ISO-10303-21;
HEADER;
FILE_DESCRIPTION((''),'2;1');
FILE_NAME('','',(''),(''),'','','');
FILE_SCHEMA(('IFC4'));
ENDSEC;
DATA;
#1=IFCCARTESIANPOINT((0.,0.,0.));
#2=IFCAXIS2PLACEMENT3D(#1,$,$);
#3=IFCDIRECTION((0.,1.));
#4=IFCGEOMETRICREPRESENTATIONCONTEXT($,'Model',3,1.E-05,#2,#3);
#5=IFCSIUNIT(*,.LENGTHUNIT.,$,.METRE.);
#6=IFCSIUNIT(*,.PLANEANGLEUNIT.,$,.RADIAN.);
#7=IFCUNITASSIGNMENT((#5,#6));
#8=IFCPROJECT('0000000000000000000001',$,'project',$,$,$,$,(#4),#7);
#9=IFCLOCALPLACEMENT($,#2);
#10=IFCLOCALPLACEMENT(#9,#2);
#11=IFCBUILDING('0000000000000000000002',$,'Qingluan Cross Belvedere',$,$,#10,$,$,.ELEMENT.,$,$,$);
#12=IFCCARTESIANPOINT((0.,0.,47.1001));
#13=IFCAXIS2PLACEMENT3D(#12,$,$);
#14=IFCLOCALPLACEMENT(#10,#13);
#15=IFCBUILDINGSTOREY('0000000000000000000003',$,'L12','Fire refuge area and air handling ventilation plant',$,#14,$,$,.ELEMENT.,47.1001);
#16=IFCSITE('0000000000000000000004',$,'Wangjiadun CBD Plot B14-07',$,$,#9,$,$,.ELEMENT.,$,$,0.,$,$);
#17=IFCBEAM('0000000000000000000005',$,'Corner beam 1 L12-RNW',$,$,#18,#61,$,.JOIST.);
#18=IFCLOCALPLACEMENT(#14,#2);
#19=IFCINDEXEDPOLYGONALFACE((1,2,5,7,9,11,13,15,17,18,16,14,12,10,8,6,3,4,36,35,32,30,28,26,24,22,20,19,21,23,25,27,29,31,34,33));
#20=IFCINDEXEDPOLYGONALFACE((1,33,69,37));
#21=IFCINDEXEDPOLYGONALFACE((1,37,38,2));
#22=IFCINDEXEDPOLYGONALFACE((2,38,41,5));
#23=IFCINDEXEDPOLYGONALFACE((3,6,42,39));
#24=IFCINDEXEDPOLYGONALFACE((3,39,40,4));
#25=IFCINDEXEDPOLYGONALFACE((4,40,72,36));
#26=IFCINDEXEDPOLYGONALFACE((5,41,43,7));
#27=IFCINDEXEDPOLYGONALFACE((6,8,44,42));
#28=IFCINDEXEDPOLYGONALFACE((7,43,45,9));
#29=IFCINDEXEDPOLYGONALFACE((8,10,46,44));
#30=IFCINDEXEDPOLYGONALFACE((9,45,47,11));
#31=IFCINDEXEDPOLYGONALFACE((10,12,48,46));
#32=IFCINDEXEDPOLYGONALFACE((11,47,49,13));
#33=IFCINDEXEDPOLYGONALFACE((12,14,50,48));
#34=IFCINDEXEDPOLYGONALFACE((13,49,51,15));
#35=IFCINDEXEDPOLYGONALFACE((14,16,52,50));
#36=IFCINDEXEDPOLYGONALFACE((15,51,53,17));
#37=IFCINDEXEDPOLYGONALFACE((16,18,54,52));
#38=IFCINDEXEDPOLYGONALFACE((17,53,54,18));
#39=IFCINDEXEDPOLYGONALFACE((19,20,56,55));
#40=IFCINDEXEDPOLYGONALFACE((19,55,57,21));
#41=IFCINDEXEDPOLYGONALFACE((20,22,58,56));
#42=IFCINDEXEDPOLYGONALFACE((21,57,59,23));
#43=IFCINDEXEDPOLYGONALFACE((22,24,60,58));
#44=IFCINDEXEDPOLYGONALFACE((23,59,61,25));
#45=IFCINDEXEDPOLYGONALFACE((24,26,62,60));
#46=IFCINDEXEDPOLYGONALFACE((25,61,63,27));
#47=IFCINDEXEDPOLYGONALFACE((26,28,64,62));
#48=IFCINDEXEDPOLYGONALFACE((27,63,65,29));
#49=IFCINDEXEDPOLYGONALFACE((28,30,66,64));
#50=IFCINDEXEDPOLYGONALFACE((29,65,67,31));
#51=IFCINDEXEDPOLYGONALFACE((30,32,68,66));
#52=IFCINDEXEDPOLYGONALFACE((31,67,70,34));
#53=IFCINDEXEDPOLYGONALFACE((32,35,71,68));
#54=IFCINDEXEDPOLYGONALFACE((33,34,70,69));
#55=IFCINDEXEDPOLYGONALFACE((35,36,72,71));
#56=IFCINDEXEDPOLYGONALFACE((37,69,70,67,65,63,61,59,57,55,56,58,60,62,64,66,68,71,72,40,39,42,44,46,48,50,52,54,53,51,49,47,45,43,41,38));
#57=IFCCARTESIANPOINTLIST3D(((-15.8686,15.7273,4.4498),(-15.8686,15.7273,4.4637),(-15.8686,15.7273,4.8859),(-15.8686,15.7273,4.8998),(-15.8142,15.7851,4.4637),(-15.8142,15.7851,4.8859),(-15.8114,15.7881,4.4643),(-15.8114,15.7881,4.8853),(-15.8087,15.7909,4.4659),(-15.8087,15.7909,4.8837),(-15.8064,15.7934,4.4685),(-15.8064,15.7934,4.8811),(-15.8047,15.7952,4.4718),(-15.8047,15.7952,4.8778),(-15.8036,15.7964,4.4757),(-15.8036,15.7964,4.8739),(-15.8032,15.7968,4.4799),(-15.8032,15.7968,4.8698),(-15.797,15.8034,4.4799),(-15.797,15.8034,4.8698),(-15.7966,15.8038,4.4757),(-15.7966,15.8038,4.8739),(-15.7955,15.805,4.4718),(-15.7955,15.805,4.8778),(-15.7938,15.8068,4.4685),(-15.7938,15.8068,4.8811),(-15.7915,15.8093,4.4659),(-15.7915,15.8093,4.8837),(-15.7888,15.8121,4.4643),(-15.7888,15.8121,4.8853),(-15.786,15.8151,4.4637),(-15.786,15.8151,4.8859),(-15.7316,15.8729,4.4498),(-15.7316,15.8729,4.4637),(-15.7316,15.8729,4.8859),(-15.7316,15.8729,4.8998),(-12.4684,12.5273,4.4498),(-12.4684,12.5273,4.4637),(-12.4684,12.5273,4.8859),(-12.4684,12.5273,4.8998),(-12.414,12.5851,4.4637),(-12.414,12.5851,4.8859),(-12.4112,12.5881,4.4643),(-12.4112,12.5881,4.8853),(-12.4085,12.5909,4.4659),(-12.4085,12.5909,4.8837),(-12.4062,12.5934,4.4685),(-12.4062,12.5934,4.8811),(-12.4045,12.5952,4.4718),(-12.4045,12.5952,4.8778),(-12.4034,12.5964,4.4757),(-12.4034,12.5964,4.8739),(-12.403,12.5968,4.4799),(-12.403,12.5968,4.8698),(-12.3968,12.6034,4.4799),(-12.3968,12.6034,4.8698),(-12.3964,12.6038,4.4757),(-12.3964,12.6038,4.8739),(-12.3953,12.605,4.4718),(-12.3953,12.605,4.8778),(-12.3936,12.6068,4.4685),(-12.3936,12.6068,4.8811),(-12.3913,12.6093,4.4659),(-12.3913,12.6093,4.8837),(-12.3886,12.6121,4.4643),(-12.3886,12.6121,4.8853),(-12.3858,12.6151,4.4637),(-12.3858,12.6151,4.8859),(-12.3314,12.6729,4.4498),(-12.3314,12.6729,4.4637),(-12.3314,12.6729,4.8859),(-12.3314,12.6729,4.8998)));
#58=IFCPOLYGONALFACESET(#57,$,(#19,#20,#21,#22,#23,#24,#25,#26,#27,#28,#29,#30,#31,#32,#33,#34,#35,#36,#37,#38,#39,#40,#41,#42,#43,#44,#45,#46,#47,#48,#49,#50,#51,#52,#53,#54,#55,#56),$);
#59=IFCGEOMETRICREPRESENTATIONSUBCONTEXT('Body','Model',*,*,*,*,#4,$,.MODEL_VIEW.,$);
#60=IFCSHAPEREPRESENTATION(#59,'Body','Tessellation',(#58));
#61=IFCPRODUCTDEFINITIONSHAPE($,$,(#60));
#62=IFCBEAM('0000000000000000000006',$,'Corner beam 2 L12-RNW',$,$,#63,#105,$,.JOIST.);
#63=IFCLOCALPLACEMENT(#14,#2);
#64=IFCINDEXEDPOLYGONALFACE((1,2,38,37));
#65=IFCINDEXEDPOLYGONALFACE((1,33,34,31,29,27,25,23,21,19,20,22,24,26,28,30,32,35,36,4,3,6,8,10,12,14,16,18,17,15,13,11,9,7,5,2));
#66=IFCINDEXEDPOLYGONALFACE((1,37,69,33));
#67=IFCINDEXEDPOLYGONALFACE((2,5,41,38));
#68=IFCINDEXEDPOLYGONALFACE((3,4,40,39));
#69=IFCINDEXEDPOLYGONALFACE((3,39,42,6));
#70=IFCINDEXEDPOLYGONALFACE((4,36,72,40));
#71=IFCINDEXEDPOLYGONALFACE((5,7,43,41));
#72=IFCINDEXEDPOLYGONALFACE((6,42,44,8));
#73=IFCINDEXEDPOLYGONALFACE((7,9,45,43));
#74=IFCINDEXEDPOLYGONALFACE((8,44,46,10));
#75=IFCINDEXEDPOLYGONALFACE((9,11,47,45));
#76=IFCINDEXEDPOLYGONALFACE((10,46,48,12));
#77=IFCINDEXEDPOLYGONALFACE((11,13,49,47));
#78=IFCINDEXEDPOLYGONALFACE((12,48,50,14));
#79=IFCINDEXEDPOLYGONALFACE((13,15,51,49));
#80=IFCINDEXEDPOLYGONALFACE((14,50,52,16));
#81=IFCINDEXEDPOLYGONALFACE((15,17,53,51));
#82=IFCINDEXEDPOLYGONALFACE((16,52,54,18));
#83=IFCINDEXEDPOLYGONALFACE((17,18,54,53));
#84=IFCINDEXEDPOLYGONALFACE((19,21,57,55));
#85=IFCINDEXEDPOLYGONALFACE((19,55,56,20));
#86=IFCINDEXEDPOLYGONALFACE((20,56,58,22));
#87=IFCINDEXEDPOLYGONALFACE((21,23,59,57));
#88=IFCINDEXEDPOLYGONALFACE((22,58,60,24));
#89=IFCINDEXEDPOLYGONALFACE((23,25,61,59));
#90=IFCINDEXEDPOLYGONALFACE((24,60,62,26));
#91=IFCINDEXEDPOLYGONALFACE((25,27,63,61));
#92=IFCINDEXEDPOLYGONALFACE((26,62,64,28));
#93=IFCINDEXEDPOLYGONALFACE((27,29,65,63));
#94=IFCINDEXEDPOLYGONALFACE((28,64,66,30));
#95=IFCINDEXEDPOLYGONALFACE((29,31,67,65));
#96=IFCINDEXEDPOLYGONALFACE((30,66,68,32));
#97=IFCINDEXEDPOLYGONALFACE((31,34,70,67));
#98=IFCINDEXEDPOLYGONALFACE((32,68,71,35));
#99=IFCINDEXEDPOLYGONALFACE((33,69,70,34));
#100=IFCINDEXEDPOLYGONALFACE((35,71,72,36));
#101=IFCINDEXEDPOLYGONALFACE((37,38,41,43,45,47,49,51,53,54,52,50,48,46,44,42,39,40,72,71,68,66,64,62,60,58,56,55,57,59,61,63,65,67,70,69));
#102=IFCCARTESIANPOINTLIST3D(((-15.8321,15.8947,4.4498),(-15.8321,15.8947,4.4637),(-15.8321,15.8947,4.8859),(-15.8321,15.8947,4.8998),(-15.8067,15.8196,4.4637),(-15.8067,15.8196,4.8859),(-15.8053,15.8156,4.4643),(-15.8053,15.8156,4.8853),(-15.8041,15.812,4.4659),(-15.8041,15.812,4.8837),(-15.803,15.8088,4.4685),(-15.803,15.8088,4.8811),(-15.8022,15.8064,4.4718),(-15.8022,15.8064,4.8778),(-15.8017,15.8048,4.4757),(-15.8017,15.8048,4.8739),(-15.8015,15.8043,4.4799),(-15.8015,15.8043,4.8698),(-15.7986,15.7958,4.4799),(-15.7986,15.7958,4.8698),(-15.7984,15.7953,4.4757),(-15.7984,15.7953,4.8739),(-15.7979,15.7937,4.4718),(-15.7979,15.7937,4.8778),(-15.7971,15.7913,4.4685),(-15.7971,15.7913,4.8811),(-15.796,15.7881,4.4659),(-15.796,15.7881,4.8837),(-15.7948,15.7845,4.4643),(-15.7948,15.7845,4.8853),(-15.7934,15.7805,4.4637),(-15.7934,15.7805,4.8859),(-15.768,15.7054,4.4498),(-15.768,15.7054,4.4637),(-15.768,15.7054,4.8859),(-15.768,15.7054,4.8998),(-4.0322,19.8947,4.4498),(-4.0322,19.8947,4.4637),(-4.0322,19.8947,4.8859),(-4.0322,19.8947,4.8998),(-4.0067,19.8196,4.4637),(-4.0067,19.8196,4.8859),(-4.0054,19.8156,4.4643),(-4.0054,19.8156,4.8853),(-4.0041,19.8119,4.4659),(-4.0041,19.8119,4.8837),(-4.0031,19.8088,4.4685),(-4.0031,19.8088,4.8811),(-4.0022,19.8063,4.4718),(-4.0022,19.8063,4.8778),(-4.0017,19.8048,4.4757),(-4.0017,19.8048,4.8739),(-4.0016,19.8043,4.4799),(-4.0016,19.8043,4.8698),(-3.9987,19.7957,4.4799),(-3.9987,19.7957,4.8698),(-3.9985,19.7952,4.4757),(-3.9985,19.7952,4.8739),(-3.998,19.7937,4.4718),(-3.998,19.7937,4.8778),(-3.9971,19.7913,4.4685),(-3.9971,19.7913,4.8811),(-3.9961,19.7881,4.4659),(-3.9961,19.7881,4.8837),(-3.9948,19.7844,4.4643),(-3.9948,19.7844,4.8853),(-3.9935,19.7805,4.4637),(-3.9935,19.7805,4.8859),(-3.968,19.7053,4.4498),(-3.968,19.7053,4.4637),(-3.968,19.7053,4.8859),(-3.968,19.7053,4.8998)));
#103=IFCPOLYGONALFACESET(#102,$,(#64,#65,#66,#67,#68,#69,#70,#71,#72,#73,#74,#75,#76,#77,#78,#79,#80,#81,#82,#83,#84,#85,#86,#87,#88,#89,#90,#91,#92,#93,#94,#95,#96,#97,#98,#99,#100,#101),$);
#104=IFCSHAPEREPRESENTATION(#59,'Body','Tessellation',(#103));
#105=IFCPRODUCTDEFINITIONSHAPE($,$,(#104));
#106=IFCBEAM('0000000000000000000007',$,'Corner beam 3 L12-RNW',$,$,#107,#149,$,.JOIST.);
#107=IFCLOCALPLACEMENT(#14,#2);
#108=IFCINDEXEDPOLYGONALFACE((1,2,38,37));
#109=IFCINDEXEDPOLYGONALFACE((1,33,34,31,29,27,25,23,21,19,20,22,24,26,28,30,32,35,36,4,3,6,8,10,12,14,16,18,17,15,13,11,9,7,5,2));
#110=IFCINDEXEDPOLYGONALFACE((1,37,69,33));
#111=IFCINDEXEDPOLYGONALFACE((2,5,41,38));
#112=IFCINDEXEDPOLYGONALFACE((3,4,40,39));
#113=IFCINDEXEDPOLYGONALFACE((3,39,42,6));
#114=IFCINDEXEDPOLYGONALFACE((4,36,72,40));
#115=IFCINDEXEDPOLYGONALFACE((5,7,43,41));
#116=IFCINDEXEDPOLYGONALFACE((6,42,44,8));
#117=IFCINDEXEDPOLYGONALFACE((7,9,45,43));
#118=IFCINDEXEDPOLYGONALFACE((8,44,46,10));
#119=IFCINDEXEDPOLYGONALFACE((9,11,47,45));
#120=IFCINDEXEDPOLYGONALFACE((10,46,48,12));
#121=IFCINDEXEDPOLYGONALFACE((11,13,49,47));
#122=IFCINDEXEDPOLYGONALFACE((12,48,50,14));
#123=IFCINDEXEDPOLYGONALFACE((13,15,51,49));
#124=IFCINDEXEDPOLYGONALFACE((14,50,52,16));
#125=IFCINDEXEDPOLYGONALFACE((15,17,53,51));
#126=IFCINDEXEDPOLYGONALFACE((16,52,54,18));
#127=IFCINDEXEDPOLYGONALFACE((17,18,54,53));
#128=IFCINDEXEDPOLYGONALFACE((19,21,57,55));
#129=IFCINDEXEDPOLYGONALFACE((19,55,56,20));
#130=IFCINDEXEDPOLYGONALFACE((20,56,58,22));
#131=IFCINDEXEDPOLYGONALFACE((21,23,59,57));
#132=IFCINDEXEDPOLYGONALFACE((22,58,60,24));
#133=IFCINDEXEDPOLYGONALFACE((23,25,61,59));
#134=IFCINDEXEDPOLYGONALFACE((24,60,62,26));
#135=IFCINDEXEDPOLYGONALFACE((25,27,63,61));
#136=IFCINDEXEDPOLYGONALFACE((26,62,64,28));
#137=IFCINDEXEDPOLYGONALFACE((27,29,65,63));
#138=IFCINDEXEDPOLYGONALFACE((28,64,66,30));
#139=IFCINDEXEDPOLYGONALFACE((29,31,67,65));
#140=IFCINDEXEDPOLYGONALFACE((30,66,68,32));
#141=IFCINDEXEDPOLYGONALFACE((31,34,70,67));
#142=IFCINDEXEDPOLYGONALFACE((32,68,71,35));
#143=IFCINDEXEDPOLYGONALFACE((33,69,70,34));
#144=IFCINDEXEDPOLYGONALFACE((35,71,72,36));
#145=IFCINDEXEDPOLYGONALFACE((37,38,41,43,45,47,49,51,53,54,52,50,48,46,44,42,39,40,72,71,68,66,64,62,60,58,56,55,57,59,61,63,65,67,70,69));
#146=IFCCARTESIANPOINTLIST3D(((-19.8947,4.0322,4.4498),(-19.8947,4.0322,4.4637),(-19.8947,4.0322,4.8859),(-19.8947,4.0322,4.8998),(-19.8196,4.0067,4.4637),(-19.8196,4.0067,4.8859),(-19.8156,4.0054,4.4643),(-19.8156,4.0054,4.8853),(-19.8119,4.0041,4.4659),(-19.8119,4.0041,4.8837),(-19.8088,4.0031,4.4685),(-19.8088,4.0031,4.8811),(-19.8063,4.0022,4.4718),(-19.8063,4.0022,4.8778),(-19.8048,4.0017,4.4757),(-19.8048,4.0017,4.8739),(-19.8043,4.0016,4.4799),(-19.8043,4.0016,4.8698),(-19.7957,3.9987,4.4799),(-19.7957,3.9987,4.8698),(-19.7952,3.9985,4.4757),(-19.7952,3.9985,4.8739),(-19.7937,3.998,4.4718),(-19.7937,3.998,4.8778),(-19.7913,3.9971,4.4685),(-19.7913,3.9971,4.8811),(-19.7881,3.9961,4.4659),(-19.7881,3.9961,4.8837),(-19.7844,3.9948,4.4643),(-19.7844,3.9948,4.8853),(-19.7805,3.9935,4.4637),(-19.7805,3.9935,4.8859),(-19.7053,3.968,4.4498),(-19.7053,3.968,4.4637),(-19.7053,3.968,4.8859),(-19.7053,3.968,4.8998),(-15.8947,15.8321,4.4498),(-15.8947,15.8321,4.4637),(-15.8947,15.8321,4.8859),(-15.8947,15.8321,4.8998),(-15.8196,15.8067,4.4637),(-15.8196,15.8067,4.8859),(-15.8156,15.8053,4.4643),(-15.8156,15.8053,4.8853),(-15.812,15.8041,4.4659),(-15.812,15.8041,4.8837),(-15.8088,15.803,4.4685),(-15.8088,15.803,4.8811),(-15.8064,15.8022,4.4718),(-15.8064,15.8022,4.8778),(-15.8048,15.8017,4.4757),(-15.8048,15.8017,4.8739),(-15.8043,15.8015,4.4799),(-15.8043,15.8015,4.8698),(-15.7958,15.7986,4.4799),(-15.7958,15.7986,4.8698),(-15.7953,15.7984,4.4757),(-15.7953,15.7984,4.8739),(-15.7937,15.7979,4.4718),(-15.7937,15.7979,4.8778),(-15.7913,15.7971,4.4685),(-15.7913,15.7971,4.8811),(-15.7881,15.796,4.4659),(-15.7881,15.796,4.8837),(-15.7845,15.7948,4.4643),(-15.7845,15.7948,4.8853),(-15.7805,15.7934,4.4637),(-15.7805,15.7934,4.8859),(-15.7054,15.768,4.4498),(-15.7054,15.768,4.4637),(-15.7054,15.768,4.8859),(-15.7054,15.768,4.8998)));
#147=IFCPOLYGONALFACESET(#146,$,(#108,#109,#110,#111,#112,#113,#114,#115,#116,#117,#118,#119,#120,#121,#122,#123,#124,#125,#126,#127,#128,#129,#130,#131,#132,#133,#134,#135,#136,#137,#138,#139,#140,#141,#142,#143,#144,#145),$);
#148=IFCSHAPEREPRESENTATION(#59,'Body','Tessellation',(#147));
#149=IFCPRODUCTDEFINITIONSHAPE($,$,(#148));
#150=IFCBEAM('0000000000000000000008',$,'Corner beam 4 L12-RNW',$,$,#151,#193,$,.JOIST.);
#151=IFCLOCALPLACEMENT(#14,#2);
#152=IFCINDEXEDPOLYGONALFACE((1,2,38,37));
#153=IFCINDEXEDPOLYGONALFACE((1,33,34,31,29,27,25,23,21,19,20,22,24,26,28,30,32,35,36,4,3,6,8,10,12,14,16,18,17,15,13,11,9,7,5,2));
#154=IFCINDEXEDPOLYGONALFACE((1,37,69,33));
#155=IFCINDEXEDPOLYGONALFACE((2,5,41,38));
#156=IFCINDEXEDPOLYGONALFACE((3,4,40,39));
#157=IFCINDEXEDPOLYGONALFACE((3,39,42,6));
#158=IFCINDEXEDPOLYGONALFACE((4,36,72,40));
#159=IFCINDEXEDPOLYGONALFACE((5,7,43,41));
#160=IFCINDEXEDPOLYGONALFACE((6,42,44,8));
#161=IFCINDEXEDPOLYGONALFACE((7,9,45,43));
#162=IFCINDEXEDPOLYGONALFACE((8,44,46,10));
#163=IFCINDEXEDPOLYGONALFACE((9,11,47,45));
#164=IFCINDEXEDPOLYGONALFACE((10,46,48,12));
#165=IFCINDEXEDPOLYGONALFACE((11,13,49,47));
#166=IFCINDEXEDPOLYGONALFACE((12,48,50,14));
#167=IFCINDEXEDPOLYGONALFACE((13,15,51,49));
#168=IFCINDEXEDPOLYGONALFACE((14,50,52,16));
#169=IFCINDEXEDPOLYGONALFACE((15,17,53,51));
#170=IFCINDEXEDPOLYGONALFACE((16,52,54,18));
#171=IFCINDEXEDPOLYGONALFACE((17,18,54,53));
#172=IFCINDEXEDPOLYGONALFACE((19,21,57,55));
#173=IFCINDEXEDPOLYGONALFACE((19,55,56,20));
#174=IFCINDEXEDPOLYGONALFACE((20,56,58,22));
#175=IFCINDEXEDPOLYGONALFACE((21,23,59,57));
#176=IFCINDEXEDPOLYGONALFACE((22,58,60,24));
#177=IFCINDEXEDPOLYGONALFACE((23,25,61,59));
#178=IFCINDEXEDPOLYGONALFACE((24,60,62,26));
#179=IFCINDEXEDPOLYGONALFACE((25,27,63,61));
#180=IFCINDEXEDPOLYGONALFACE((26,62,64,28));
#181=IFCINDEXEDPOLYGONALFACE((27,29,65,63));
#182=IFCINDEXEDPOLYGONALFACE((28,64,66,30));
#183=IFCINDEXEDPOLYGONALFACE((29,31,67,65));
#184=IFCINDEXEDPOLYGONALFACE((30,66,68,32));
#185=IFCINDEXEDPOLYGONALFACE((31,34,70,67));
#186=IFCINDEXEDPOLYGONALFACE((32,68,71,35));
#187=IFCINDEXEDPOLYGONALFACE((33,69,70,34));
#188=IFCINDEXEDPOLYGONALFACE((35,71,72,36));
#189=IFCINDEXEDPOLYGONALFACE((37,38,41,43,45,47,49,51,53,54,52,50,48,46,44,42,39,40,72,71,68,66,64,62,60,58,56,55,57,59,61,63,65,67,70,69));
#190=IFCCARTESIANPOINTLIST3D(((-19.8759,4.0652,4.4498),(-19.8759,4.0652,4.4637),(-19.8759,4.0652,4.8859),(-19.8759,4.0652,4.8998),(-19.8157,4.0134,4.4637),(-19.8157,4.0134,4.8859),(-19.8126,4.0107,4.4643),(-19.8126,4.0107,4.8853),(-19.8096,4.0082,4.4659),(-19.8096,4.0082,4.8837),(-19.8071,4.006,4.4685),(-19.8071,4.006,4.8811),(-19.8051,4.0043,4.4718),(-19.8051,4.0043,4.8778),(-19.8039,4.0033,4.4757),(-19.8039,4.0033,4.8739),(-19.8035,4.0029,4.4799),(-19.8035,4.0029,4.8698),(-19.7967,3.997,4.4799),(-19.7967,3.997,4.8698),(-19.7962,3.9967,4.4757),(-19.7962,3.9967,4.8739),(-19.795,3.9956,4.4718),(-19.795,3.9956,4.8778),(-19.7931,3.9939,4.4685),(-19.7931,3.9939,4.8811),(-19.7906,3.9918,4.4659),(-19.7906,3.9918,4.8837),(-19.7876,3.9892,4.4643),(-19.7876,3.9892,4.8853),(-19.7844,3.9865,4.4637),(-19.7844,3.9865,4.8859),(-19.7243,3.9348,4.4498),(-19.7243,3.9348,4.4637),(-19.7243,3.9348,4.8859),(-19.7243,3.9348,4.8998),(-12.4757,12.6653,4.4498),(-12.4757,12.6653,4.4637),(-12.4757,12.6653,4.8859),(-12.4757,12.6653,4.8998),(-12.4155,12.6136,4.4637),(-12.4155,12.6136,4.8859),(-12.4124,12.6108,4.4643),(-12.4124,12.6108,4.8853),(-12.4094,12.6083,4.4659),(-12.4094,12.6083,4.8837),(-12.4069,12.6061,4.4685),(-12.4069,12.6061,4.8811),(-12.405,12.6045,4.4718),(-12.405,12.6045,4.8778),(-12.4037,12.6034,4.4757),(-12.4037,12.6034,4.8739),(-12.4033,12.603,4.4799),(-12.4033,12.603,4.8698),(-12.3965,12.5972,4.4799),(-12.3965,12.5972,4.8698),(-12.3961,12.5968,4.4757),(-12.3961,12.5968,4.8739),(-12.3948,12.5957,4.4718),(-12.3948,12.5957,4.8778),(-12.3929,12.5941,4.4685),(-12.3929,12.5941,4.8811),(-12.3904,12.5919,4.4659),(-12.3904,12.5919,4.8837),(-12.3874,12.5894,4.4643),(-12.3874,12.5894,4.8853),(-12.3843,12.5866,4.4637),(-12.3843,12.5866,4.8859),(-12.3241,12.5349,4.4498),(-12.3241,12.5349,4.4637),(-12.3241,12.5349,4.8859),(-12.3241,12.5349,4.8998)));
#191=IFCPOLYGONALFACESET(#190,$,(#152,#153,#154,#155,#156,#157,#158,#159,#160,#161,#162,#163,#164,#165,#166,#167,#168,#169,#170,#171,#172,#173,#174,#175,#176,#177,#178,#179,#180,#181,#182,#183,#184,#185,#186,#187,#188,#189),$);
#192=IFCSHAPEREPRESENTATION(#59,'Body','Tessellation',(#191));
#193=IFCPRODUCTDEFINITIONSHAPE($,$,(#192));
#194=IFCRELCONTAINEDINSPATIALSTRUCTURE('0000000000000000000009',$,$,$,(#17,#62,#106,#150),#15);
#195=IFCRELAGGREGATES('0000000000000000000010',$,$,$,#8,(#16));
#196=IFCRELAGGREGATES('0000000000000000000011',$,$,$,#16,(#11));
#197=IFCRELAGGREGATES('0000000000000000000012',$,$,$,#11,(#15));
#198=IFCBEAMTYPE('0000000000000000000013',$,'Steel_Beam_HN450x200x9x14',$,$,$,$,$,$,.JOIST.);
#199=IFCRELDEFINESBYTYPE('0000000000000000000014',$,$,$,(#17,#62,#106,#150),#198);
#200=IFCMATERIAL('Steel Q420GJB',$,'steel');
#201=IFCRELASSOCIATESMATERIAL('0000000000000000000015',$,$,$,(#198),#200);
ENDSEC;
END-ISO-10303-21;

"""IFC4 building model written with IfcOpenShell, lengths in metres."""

from ifc_helpers import new_model, si_unit, direction, frame, origin, origin_2d, place, context, subcontext, project, spatial, i_section, extrude, material, material_profile, profile_set, type_object, element, save


model = new_model("IFC4")

# Units and contexts
model_context = context("Model", 3, precision=1e-05, world=origin(), true_north=direction((0.0, 1.0)))
body_context = subcontext(model_context, "Body", "Model", "MODEL_VIEW")
ifc_project = project(units=[si_unit("LENGTHUNIT", "METRE"), si_unit("PLANEANGLEUNIT", "RADIAN")], contexts=[model_context])

# Site, building, storey
site_placement = place(None, origin())
site = spatial("IfcSite", under=ifc_project, at=site_placement, Name="Wangjiadun CBD Plot B14-07", CompositionType="ELEMENT", RefElevation=0.0)
building_placement = place(site_placement, origin())
building = spatial("IfcBuilding", under=site, at=building_placement, Name="Qingluan Cross Belvedere", CompositionType="ELEMENT")
storey_placement = place(building_placement, frame((0.0, 0.0, 47.1001)))
storey = spatial("IfcBuildingStorey", under=building, at=storey_placement, Name="L12", Description="Fire refuge area and air handling ventilation plant", CompositionType="ELEMENT", Elevation=47.1001)

# Beams
ifc_material_1 = material(Name="Steel Q420GJB", Category="steel")
ifc_material_profile_1 = material_profile(ifc_material_1, i_section(OverallWidth=0.2, OverallDepth=0.45, WebThickness=0.009, FlangeThickness=0.0139, FilletRadius=0.0161, at=origin_2d()), Name="HN450x200x9x14")
ifc_profile_set_1 = profile_set([ifc_material_profile_1], Name="Steel Q420GJB")
beam_type_1 = type_object("IfcBeamType", Name="Steel_Beam_HN450x200x9x14", PredefinedType="JOIST", material=ifc_profile_set_1)
beam_1_placement = place(storey_placement, frame((-12.3999, 12.6001, 4.6748), z_axis=(-0.72822, 0.685343, 0.0), x_axis=(-0.685343, -0.72822, 0.0)))
element("IfcBeam", 1, at=beam_1_placement, inside=storey, type_object=beam_type_1, Name="Corner beam 1 L12-RNW", PredefinedType="JOIST", context=body_context, shape_type="SweptSolid", body=[
    extrude(i_section(OverallWidth=0.2, OverallDepth=0.45, WebThickness=0.009, FlangeThickness=0.0139, FilletRadius=0.0161, at=origin_2d()), origin(), (0.0, 0.0, 1.0), 4.6692),
])
for number, where, z_axis, x_axis, name in (
    (2, (-15.8, 15.8, 4.6748), (0.947066, 0.321038, 0.0), (-0.321038, 0.947066, 0.0), "Corner beam 2 L12-RNW"),
    (3, (-15.8, 15.8, 4.6748), (-0.321038, -0.947066, 0.0), (0.947066, -0.321038, 0.0), "Corner beam 3 L12-RNW"),
):
    element("IfcBeam", number, at=place(storey_placement, frame(where, z_axis=z_axis, x_axis=x_axis)), inside=storey, type_object=beam_type_1, Name=name, PredefinedType="JOIST", context=body_context, shape_type="SweptSolid", body=[
        extrude(i_section(OverallWidth=0.2, OverallDepth=0.45, WebThickness=0.009, FlangeThickness=0.0139, FilletRadius=0.0161, at=origin_2d()), origin(), (0.0, 0.0, 1.0), 12.4595),
    ])
beam_2_placement = place(storey_placement, frame((-12.3999, 12.6001, 4.6748), z_axis=(-0.652245, -0.758008, 0.0), x_axis=(0.758008, -0.652245, 0.0)))
element("IfcBeam", 4, at=beam_2_placement, inside=storey, type_object=beam_type_1, Name="Corner beam 4 L12-RNW", PredefinedType="JOIST", context=body_context, shape_type="SweptSolid", body=[
    extrude(i_section(OverallWidth=0.2, OverallDepth=0.45, WebThickness=0.009, FlangeThickness=0.0139, FilletRadius=0.0161, at=origin_2d()), origin(), (0.0, 0.0, 1.0), 11.3457),
])

save(model, "model.ifc")
